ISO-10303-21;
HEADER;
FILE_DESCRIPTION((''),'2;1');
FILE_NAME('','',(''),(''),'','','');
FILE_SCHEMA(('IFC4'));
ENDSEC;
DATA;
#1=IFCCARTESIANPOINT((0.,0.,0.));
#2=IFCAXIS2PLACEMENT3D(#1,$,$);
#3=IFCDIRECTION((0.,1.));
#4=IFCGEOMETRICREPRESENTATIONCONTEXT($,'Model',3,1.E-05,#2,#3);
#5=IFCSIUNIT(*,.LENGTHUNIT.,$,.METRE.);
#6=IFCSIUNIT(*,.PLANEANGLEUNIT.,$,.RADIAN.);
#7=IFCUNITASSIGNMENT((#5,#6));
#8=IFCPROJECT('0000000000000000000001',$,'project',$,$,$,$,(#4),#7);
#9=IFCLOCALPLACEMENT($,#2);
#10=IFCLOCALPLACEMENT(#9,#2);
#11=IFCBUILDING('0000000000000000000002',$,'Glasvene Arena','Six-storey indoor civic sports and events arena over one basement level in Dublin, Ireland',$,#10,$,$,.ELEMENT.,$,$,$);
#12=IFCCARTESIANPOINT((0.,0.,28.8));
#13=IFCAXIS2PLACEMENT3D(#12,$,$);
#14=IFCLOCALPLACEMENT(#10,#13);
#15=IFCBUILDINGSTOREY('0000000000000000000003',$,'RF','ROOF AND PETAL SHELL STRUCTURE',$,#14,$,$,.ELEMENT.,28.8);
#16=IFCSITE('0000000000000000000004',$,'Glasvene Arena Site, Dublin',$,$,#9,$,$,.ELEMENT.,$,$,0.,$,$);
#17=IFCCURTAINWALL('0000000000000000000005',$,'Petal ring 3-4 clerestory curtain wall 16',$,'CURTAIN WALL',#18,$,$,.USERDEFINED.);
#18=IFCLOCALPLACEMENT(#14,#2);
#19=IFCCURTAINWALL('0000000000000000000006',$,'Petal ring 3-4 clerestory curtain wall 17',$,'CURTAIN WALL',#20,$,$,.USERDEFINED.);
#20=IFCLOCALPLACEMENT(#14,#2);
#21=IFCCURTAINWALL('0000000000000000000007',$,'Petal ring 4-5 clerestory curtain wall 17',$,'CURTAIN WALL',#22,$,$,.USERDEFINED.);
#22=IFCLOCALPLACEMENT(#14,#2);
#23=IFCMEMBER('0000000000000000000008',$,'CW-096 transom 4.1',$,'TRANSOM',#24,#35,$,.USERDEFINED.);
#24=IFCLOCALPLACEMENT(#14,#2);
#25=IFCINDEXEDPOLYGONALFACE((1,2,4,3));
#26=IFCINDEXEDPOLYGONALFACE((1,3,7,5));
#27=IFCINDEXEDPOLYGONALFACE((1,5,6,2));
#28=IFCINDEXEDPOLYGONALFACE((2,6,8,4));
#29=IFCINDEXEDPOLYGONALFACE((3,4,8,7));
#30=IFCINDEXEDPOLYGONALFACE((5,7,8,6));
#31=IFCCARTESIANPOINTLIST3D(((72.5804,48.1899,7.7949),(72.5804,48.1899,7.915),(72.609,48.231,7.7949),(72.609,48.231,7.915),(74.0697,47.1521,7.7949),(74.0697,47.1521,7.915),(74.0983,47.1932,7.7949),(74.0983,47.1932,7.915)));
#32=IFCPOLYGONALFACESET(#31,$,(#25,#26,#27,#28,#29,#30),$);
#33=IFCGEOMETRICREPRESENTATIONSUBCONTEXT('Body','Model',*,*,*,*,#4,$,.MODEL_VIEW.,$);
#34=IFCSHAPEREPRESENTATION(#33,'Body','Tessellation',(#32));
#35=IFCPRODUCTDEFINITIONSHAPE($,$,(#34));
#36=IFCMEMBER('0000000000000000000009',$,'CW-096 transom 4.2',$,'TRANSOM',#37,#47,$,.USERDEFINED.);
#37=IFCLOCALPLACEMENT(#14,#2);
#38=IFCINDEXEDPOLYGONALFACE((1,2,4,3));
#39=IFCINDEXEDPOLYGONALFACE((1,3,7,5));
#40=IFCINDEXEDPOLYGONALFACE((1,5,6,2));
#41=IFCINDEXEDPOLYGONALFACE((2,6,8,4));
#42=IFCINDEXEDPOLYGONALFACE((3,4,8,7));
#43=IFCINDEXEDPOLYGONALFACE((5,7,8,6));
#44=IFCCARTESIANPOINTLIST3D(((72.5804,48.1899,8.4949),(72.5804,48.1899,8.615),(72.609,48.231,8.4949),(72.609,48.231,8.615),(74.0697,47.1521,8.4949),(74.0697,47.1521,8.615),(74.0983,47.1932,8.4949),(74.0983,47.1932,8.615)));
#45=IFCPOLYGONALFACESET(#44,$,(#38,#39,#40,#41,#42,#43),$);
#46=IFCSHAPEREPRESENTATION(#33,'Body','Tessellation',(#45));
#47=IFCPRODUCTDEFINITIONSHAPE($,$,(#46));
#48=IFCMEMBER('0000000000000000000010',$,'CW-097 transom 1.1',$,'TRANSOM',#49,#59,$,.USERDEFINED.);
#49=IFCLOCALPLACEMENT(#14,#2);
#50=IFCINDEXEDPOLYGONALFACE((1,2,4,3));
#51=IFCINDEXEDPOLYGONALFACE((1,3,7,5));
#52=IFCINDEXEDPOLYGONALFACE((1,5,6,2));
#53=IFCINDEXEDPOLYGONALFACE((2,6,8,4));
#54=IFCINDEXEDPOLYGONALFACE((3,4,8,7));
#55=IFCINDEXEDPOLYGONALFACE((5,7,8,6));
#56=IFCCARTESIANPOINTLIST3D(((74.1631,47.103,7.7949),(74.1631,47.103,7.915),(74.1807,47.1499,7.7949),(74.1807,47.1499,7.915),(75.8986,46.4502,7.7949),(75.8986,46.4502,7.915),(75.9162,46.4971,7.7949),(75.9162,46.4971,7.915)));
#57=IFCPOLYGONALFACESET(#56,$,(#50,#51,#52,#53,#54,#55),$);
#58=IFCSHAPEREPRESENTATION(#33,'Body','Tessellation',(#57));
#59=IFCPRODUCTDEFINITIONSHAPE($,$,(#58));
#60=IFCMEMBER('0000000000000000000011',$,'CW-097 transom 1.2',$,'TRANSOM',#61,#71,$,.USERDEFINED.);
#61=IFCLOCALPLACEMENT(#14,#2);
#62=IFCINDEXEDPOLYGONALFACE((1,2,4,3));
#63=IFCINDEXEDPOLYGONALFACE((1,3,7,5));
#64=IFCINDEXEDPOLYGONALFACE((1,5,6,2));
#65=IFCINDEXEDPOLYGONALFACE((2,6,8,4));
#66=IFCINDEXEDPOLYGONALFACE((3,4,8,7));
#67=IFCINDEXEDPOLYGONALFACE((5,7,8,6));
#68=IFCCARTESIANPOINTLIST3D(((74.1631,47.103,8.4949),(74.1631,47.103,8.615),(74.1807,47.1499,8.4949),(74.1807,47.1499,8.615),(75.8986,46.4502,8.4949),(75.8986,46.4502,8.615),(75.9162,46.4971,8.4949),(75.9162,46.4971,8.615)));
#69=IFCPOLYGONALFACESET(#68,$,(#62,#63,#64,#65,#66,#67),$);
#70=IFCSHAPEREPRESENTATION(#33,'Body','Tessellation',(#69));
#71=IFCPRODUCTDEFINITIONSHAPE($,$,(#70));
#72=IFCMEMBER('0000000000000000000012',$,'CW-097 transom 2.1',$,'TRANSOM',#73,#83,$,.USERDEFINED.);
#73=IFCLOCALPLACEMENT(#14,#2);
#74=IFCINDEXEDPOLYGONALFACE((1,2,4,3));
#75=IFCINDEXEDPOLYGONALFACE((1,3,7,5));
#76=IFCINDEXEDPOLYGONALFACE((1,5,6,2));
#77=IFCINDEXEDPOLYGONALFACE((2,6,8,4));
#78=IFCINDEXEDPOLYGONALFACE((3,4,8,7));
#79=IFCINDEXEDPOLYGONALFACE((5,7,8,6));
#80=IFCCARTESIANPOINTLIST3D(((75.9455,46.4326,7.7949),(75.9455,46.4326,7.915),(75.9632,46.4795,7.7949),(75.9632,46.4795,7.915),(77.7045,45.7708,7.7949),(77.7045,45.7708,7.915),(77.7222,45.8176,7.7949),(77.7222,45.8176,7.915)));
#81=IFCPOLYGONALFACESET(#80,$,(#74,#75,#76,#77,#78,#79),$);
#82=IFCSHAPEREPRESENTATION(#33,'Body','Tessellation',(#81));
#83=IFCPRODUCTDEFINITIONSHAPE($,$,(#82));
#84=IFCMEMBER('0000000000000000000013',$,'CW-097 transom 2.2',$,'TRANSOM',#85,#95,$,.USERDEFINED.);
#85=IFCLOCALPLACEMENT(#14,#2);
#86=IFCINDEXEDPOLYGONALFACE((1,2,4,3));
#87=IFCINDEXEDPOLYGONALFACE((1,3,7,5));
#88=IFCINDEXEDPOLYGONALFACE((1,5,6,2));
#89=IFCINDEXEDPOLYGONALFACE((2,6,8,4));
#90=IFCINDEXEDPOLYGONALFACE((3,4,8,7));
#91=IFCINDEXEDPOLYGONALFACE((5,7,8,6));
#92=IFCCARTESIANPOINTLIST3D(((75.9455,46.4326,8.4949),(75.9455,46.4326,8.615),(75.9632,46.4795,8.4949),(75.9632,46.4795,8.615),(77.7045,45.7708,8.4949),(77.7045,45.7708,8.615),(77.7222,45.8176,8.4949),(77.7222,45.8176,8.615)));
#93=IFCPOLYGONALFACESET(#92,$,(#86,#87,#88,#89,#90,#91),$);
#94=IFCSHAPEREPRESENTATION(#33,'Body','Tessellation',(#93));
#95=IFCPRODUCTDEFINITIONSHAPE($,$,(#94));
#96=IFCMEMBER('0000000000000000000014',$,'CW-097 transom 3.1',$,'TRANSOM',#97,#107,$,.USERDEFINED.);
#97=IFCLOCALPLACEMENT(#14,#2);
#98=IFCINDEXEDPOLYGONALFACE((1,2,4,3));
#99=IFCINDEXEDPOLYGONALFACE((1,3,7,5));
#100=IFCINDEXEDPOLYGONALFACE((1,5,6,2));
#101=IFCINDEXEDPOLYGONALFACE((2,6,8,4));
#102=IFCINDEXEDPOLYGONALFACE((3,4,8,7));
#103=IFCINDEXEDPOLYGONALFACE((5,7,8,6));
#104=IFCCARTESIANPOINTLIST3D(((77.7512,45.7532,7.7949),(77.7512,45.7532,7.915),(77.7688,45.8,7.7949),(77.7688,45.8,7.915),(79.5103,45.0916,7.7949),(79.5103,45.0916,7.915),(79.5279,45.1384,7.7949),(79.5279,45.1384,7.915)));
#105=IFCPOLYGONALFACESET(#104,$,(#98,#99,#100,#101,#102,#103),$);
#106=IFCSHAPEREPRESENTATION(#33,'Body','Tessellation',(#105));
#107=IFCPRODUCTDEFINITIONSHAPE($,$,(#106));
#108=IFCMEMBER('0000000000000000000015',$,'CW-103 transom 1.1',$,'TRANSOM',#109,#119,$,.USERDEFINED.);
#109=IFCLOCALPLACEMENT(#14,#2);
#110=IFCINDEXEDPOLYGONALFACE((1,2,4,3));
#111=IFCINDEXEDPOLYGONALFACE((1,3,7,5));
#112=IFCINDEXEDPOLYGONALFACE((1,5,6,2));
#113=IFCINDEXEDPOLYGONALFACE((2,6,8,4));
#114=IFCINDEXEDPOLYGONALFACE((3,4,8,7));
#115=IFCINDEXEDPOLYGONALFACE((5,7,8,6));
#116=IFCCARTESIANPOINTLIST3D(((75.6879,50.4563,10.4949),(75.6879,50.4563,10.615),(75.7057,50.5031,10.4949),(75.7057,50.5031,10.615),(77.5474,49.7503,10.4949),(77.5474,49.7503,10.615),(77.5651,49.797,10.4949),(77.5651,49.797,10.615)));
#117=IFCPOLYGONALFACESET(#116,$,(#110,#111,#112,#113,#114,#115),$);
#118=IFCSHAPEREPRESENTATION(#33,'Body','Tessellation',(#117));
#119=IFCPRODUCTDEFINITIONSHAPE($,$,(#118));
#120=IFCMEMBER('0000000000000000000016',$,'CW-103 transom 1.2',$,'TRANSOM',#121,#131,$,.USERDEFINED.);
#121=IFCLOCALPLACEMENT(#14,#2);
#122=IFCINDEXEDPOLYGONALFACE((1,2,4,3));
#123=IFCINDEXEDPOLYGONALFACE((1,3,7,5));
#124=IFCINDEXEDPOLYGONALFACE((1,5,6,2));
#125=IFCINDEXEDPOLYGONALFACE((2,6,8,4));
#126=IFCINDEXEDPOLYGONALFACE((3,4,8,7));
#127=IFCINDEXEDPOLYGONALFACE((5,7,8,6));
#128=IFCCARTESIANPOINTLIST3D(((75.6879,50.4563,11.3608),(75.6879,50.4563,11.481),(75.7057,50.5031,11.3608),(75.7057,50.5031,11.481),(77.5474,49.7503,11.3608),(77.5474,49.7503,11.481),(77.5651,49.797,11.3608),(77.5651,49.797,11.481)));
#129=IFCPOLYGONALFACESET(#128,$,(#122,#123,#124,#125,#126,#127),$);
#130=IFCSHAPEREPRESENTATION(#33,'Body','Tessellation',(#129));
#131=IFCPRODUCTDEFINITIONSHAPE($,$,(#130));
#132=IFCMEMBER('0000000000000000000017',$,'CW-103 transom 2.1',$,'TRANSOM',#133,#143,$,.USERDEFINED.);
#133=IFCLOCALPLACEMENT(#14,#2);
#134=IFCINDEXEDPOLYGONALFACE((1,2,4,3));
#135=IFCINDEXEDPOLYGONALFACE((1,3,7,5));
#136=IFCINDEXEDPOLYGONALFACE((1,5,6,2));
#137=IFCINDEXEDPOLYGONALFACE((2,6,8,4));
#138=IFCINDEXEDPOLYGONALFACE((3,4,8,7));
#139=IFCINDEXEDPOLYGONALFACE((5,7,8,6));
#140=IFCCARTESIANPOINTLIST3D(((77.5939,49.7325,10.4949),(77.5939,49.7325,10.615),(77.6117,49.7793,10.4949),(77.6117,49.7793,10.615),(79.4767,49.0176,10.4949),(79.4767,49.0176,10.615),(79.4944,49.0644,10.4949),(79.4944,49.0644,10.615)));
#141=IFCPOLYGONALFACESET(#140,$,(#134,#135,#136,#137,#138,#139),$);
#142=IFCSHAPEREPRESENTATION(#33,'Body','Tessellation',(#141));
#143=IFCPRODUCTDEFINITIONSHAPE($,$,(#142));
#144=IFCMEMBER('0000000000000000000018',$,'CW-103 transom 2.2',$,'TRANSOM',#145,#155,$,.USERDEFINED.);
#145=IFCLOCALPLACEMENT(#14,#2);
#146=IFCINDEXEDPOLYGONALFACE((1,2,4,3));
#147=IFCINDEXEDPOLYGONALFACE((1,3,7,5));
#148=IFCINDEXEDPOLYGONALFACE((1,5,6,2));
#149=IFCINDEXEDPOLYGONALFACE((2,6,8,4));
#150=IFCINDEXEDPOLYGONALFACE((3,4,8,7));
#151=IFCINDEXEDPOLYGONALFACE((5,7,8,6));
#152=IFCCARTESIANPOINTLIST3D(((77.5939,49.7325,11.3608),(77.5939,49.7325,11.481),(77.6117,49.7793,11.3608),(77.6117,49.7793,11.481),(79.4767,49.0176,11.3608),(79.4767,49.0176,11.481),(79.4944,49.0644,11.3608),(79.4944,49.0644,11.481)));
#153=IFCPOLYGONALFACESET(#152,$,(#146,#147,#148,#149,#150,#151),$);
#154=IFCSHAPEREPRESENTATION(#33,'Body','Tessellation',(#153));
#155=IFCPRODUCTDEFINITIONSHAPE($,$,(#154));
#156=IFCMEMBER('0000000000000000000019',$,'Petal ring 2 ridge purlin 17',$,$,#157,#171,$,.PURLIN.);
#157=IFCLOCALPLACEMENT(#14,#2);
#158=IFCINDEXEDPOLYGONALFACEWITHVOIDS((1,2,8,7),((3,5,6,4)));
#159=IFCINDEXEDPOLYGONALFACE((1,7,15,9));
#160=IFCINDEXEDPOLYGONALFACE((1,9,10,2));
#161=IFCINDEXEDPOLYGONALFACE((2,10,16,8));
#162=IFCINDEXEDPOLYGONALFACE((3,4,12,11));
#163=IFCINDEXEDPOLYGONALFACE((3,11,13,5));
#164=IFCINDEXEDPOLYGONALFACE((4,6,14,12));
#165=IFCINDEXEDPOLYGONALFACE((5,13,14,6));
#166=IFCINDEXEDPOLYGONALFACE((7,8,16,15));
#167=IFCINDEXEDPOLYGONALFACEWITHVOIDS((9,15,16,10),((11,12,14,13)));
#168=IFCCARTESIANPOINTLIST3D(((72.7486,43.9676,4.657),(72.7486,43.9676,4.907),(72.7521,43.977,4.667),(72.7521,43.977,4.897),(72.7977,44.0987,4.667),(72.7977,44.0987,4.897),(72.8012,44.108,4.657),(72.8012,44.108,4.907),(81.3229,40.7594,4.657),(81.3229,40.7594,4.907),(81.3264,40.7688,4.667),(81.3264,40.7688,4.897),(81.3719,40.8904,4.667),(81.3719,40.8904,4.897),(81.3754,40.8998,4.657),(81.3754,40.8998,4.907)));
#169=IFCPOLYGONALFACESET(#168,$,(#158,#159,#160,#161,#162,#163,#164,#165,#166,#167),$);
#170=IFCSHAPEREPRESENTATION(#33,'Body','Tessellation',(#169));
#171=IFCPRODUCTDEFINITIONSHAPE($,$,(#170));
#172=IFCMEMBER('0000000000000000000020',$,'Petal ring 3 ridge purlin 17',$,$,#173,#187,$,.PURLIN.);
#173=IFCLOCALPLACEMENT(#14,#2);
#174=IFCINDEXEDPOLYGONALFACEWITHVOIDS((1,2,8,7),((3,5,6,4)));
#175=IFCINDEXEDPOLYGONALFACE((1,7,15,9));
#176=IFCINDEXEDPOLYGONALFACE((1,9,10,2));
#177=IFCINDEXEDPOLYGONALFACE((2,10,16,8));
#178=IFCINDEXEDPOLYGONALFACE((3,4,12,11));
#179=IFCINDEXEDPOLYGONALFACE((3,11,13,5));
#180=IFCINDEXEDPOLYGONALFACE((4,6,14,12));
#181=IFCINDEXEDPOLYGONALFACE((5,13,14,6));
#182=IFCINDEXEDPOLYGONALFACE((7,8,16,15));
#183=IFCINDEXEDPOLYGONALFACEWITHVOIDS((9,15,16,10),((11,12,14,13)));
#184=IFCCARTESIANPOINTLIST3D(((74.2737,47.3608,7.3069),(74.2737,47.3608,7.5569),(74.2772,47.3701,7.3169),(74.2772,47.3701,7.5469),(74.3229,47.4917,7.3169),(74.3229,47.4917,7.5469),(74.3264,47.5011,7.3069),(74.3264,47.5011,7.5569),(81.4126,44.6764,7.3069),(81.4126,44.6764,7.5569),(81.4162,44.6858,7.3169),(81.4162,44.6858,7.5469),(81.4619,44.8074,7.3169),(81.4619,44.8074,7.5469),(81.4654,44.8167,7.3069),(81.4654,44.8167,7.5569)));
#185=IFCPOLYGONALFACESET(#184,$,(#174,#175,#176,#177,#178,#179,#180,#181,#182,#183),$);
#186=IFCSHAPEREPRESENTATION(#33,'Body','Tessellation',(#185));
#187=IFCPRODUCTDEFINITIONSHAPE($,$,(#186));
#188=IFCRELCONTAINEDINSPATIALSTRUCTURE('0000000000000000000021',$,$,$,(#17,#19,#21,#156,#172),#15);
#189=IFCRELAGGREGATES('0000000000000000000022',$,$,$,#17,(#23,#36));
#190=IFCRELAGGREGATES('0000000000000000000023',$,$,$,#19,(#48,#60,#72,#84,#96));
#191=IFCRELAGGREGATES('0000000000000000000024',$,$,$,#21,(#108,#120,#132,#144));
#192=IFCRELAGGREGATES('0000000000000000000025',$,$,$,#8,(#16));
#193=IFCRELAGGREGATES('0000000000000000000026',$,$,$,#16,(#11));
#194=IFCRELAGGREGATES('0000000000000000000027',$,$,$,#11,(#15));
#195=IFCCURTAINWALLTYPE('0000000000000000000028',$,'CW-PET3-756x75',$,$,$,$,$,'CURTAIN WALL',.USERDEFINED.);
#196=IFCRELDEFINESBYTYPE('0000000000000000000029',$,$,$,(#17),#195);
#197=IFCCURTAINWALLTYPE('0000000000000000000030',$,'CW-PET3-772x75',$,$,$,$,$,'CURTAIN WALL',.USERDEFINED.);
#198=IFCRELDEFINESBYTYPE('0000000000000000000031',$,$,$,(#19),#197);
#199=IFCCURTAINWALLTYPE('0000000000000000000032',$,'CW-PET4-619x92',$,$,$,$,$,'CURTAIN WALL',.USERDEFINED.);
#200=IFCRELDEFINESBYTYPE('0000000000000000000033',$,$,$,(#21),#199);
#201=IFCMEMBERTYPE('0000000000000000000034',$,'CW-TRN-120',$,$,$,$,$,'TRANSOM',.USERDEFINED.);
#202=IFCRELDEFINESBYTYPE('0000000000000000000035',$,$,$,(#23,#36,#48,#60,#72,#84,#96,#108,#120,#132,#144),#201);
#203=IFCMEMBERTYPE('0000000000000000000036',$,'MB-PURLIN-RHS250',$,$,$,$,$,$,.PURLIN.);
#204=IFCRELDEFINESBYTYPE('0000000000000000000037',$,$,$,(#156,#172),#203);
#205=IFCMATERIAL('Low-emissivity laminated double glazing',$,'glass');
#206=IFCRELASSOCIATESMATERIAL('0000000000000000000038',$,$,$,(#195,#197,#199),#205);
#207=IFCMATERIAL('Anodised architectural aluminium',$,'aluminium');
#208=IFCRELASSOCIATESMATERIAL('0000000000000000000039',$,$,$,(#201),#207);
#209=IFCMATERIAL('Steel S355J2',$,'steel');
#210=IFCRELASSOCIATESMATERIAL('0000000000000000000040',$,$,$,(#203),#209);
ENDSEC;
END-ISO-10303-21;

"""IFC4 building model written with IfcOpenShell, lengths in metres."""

from ifc_helpers import new_model, si_unit, direction, frame, origin, origin_2d, place, context, subcontext, project, spatial, rectangle, hollow_rectangle, extrude, material, material_profile, profile_set, type_object, element, aggregate, save


model = new_model("IFC4")

# Units and contexts
model_context = context("Model", 3, precision=1e-05, world=origin(), true_north=direction((0.0, 1.0)))
body_context = subcontext(model_context, "Body", "Model", "MODEL_VIEW")
ifc_project = project(units=[si_unit("LENGTHUNIT", "METRE"), si_unit("PLANEANGLEUNIT", "RADIAN")], contexts=[model_context])

# Site, building, storey
site_placement = place(None, origin())
site = spatial("IfcSite", under=ifc_project, at=site_placement, Name="Glasvene Arena Site, Dublin", CompositionType="ELEMENT", RefElevation=0.0)
building_placement = place(site_placement, origin())
building = spatial("IfcBuilding", under=site, at=building_placement, Name="Glasvene Arena", Description="Six-storey indoor civic sports and events arena over one basement level in Dublin, Ireland", CompositionType="ELEMENT")
storey_placement = place(building_placement, frame((0.0, 0.0, 28.8)))
storey = spatial("IfcBuildingStorey", under=building, at=storey_placement, Name="RF", Description="ROOF AND PETAL SHELL STRUCTURE", CompositionType="ELEMENT", Elevation=28.8)

# Shared definitions
ifc_material_1 = material(Name="Low-emissivity laminated double glazing", Category="glass")
ifc_material_2 = material(Name="Anodised architectural aluminium", Category="aluminium")

# Curtain walls
curtain_wall_type_1 = type_object("IfcCurtainWallType", Name="CW-PET3-756x75", ElementType="CURTAIN WALL", PredefinedType="USERDEFINED", material=ifc_material_1)
curtain_wall_1_placement = place(storey_placement, frame((67.9221, 51.4668, 0.0)))
curtain_wall_1 = element("IfcCurtainWall", 1, at=curtain_wall_1_placement, inside=storey, type_object=curtain_wall_type_1, Name="Petal ring 3-4 clerestory curtain wall 16", ObjectType="CURTAIN WALL", PredefinedType="USERDEFINED")
curtain_wall_type_2 = type_object("IfcCurtainWallType", Name="CW-PET3-772x75", ElementType="CURTAIN WALL", PredefinedType="USERDEFINED", material=ifc_material_1)
curtain_wall_2_placement = place(storey_placement, frame((74.125, 47.144, 0.0)))
curtain_wall_2 = element("IfcCurtainWall", 2, at=curtain_wall_2_placement, inside=storey, type_object=curtain_wall_type_2, Name="Petal ring 3-4 clerestory curtain wall 17", ObjectType="CURTAIN WALL", PredefinedType="USERDEFINED")

# Curtain wall
curtain_wall_type_3 = type_object("IfcCurtainWallType", Name="CW-PET4-619x92", ElementType="CURTAIN WALL", PredefinedType="USERDEFINED", material=ifc_material_1)
curtain_wall_3_placement = place(storey_placement, frame((75.6499, 50.4973, 0.0)))
curtain_wall_3 = element("IfcCurtainWall", 3, at=curtain_wall_3_placement, inside=storey, type_object=curtain_wall_type_3, Name="Petal ring 4-5 clerestory curtain wall 17", ObjectType="CURTAIN WALL", PredefinedType="USERDEFINED")

# Members
ifc_material_profile_1 = material_profile(ifc_material_2, rectangle(XDim=0.05, YDim=0.1201, at=origin_2d()), Name="ALU TRANSOM 50x120")
ifc_profile_set_1 = profile_set([ifc_material_profile_1], Name="Anodised architectural aluminium")
member_type_1 = type_object("IfcMemberType", Name="CW-TRN-120", ElementType="TRANSOM", PredefinedType="USERDEFINED", material=ifc_profile_set_1)
member_1_placement = place(storey_placement, frame((72.5947, 48.2104, 7.855), z_axis=(0.820431, -0.571746, 0.0), x_axis=(0.571746, 0.820431, 0.0)))
member_1 = element("IfcMember", 4, at=member_1_placement, type_object=member_type_1, Name="CW-096 transom 4.1", ObjectType="TRANSOM", PredefinedType="USERDEFINED", context=body_context, shape_type="SweptSolid", body=[
    extrude(rectangle(XDim=0.05, YDim=0.1201, at=origin_2d()), origin(), (0.0, 0.0, 1.0), 1.8152),
])
member_2_placement = place(storey_placement, frame((72.5947, 48.2104, 8.5549), z_axis=(0.820431, -0.571746, 0.0), x_axis=(0.571746, 0.820431, 0.0)))
member_2 = element("IfcMember", 5, at=member_2_placement, type_object=member_type_1, Name="CW-096 transom 4.2", ObjectType="TRANSOM", PredefinedType="USERDEFINED", context=body_context, shape_type="SweptSolid", body=[
    extrude(rectangle(XDim=0.05, YDim=0.1201, at=origin_2d()), origin(), (0.0, 0.0, 1.0), 1.8152),
])
member_3_placement = place(storey_placement, frame((74.1719, 47.1265, 7.855), z_axis=(0.935977, -0.352061, 0.0), x_axis=(0.352061, 0.935977, 0.0)))
member_3 = element("IfcMember", 6, at=member_3_placement, type_object=member_type_1, Name="CW-097 transom 1.1", ObjectType="TRANSOM", PredefinedType="USERDEFINED", context=body_context, shape_type="SweptSolid", body=[
    extrude(rectangle(XDim=0.05, YDim=0.1201, at=origin_2d()), origin(), (0.0, 0.0, 1.0), 1.8542),
])
member_4_placement = place(storey_placement, frame((74.1719, 47.1265, 8.5549), z_axis=(0.935977, -0.352061, 0.0), x_axis=(0.352061, 0.935977, 0.0)))
member_4 = element("IfcMember", 7, at=member_4_placement, type_object=member_type_1, Name="CW-097 transom 1.2", ObjectType="TRANSOM", PredefinedType="USERDEFINED", context=body_context, shape_type="SweptSolid", body=[
    extrude(rectangle(XDim=0.05, YDim=0.1201, at=origin_2d()), origin(), (0.0, 0.0, 1.0), 1.8542),
])
member_5_placement = place(storey_placement, frame((75.9543, 46.4561, 7.855), z_axis=(0.935939, -0.352162, 0.0), x_axis=(0.352162, 0.935939, 0.0)))
member_5 = element("IfcMember", 8, at=member_5_placement, type_object=member_type_1, Name="CW-097 transom 2.1", ObjectType="TRANSOM", PredefinedType="USERDEFINED", context=body_context, shape_type="SweptSolid", body=[
    extrude(rectangle(XDim=0.05, YDim=0.1201, at=origin_2d()), origin(), (0.0, 0.0, 1.0), 1.8794),
])
member_6_placement = place(storey_placement, frame((75.9543, 46.4561, 8.5549), z_axis=(0.935939, -0.352162, 0.0), x_axis=(0.352162, 0.935939, 0.0)))
member_6 = element("IfcMember", 9, at=member_6_placement, type_object=member_type_1, Name="CW-097 transom 2.2", ObjectType="TRANSOM", PredefinedType="USERDEFINED", context=body_context, shape_type="SweptSolid", body=[
    extrude(rectangle(XDim=0.05, YDim=0.1201, at=origin_2d()), origin(), (0.0, 0.0, 1.0), 1.8794),
])
member_7_placement = place(storey_placement, frame((77.76, 45.7766, 7.855), z_axis=(0.935982, -0.352049, 0.0), x_axis=(0.352049, 0.935982, 0.0)))
member_7 = element("IfcMember", 10, at=member_7_placement, type_object=member_type_1, Name="CW-097 transom 3.1", ObjectType="TRANSOM", PredefinedType="USERDEFINED", context=body_context, shape_type="SweptSolid", body=[
    extrude(rectangle(XDim=0.05, YDim=0.1201, at=origin_2d()), origin(), (0.0, 0.0, 1.0), 1.8794),
])
member_8_placement = place(storey_placement, frame((75.6968, 50.4797, 10.5549), z_axis=(0.934868, -0.354995, 0.0), x_axis=(0.354995, 0.934868, 0.0)))
member_8 = element("IfcMember", 11, at=member_8_placement, type_object=member_type_1, Name="CW-103 transom 1.1", ObjectType="TRANSOM", PredefinedType="USERDEFINED", context=body_context, shape_type="SweptSolid", body=[
    extrude(rectangle(XDim=0.05, YDim=0.1201, at=origin_2d()), origin(), (0.0, 0.0, 1.0), 1.989),
])
member_9_placement = place(storey_placement, frame((75.6968, 50.4797, 11.4209), z_axis=(0.934868, -0.354995, 0.0), x_axis=(0.354995, 0.934868, 0.0)))
member_9 = element("IfcMember", 12, at=member_9_placement, type_object=member_type_1, Name="CW-103 transom 1.2", ObjectType="TRANSOM", PredefinedType="USERDEFINED", context=body_context, shape_type="SweptSolid", body=[
    extrude(rectangle(XDim=0.05, YDim=0.1201, at=origin_2d()), origin(), (0.0, 0.0, 1.0), 1.989),
])
member_10_placement = place(storey_placement, frame((77.6028, 49.7559, 10.5549), z_axis=(0.934887, -0.354947, 0.0), x_axis=(0.354947, 0.934887, 0.0)))
member_10 = element("IfcMember", 13, at=member_10_placement, type_object=member_type_1, Name="CW-103 transom 2.1", ObjectType="TRANSOM", PredefinedType="USERDEFINED", context=body_context, shape_type="SweptSolid", body=[
    extrude(rectangle(XDim=0.05, YDim=0.1201, at=origin_2d()), origin(), (0.0, 0.0, 1.0), 2.0139),
])
member_11_placement = place(storey_placement, frame((77.6028, 49.7559, 11.4209), z_axis=(0.934887, -0.354947, 0.0), x_axis=(0.354947, 0.934887, 0.0)))
member_11 = element("IfcMember", 14, at=member_11_placement, type_object=member_type_1, Name="CW-103 transom 2.2", ObjectType="TRANSOM", PredefinedType="USERDEFINED", context=body_context, shape_type="SweptSolid", body=[
    extrude(rectangle(XDim=0.05, YDim=0.1201, at=origin_2d()), origin(), (0.0, 0.0, 1.0), 2.0139),
])

# Members
ifc_material_3 = material(Name="Steel S355J2", Category="steel")
ifc_material_profile_2 = material_profile(ifc_material_3, hollow_rectangle(XDim=0.1499, YDim=0.25, WallThickness=0.01, at=origin_2d()), Name="RHS 250x150x10.0")
ifc_profile_set_2 = profile_set([ifc_material_profile_2], Name="Steel S355J2")
member_type_2 = type_object("IfcMemberType", Name="MB-PURLIN-RHS250", PredefinedType="PURLIN", material=ifc_profile_set_2)
member_12_placement = place(storey_placement, frame((72.7749, 44.0378, 4.782), z_axis=(0.936583, -0.350445, 0.0), x_axis=(0.350445, 0.936583, 0.0)))
element("IfcMember", 15, at=member_12_placement, inside=storey, type_object=member_type_2, Name="Petal ring 2 ridge purlin 17", PredefinedType="PURLIN", context=body_context, shape_type="SweptSolid", body=[
    extrude(hollow_rectangle(XDim=0.1499, YDim=0.25, WallThickness=0.01, at=origin_2d()), origin(), (0.0, 0.0, 1.0), 9.1548),
])
member_13_placement = place(storey_placement, frame((74.3, 47.4309, 7.4319), z_axis=(0.936017, -0.351955, 0.0), x_axis=(0.351955, 0.936017, 0.0)))
element("IfcMember", 16, at=member_13_placement, inside=storey, type_object=member_type_2, Name="Petal ring 3 ridge purlin 17", PredefinedType="PURLIN", context=body_context, shape_type="SweptSolid", body=[
    extrude(hollow_rectangle(XDim=0.1499, YDim=0.25, WallThickness=0.01, at=origin_2d()), origin(), (0.0, 0.0, 1.0), 7.627),
])

aggregate(curtain_wall_1, [member_1, member_2])
aggregate(curtain_wall_2, [member_3, member_4, member_5, member_6, member_7])
aggregate(curtain_wall_3, [member_8, member_9, member_10, member_11])

save(model, "model.ifc")
